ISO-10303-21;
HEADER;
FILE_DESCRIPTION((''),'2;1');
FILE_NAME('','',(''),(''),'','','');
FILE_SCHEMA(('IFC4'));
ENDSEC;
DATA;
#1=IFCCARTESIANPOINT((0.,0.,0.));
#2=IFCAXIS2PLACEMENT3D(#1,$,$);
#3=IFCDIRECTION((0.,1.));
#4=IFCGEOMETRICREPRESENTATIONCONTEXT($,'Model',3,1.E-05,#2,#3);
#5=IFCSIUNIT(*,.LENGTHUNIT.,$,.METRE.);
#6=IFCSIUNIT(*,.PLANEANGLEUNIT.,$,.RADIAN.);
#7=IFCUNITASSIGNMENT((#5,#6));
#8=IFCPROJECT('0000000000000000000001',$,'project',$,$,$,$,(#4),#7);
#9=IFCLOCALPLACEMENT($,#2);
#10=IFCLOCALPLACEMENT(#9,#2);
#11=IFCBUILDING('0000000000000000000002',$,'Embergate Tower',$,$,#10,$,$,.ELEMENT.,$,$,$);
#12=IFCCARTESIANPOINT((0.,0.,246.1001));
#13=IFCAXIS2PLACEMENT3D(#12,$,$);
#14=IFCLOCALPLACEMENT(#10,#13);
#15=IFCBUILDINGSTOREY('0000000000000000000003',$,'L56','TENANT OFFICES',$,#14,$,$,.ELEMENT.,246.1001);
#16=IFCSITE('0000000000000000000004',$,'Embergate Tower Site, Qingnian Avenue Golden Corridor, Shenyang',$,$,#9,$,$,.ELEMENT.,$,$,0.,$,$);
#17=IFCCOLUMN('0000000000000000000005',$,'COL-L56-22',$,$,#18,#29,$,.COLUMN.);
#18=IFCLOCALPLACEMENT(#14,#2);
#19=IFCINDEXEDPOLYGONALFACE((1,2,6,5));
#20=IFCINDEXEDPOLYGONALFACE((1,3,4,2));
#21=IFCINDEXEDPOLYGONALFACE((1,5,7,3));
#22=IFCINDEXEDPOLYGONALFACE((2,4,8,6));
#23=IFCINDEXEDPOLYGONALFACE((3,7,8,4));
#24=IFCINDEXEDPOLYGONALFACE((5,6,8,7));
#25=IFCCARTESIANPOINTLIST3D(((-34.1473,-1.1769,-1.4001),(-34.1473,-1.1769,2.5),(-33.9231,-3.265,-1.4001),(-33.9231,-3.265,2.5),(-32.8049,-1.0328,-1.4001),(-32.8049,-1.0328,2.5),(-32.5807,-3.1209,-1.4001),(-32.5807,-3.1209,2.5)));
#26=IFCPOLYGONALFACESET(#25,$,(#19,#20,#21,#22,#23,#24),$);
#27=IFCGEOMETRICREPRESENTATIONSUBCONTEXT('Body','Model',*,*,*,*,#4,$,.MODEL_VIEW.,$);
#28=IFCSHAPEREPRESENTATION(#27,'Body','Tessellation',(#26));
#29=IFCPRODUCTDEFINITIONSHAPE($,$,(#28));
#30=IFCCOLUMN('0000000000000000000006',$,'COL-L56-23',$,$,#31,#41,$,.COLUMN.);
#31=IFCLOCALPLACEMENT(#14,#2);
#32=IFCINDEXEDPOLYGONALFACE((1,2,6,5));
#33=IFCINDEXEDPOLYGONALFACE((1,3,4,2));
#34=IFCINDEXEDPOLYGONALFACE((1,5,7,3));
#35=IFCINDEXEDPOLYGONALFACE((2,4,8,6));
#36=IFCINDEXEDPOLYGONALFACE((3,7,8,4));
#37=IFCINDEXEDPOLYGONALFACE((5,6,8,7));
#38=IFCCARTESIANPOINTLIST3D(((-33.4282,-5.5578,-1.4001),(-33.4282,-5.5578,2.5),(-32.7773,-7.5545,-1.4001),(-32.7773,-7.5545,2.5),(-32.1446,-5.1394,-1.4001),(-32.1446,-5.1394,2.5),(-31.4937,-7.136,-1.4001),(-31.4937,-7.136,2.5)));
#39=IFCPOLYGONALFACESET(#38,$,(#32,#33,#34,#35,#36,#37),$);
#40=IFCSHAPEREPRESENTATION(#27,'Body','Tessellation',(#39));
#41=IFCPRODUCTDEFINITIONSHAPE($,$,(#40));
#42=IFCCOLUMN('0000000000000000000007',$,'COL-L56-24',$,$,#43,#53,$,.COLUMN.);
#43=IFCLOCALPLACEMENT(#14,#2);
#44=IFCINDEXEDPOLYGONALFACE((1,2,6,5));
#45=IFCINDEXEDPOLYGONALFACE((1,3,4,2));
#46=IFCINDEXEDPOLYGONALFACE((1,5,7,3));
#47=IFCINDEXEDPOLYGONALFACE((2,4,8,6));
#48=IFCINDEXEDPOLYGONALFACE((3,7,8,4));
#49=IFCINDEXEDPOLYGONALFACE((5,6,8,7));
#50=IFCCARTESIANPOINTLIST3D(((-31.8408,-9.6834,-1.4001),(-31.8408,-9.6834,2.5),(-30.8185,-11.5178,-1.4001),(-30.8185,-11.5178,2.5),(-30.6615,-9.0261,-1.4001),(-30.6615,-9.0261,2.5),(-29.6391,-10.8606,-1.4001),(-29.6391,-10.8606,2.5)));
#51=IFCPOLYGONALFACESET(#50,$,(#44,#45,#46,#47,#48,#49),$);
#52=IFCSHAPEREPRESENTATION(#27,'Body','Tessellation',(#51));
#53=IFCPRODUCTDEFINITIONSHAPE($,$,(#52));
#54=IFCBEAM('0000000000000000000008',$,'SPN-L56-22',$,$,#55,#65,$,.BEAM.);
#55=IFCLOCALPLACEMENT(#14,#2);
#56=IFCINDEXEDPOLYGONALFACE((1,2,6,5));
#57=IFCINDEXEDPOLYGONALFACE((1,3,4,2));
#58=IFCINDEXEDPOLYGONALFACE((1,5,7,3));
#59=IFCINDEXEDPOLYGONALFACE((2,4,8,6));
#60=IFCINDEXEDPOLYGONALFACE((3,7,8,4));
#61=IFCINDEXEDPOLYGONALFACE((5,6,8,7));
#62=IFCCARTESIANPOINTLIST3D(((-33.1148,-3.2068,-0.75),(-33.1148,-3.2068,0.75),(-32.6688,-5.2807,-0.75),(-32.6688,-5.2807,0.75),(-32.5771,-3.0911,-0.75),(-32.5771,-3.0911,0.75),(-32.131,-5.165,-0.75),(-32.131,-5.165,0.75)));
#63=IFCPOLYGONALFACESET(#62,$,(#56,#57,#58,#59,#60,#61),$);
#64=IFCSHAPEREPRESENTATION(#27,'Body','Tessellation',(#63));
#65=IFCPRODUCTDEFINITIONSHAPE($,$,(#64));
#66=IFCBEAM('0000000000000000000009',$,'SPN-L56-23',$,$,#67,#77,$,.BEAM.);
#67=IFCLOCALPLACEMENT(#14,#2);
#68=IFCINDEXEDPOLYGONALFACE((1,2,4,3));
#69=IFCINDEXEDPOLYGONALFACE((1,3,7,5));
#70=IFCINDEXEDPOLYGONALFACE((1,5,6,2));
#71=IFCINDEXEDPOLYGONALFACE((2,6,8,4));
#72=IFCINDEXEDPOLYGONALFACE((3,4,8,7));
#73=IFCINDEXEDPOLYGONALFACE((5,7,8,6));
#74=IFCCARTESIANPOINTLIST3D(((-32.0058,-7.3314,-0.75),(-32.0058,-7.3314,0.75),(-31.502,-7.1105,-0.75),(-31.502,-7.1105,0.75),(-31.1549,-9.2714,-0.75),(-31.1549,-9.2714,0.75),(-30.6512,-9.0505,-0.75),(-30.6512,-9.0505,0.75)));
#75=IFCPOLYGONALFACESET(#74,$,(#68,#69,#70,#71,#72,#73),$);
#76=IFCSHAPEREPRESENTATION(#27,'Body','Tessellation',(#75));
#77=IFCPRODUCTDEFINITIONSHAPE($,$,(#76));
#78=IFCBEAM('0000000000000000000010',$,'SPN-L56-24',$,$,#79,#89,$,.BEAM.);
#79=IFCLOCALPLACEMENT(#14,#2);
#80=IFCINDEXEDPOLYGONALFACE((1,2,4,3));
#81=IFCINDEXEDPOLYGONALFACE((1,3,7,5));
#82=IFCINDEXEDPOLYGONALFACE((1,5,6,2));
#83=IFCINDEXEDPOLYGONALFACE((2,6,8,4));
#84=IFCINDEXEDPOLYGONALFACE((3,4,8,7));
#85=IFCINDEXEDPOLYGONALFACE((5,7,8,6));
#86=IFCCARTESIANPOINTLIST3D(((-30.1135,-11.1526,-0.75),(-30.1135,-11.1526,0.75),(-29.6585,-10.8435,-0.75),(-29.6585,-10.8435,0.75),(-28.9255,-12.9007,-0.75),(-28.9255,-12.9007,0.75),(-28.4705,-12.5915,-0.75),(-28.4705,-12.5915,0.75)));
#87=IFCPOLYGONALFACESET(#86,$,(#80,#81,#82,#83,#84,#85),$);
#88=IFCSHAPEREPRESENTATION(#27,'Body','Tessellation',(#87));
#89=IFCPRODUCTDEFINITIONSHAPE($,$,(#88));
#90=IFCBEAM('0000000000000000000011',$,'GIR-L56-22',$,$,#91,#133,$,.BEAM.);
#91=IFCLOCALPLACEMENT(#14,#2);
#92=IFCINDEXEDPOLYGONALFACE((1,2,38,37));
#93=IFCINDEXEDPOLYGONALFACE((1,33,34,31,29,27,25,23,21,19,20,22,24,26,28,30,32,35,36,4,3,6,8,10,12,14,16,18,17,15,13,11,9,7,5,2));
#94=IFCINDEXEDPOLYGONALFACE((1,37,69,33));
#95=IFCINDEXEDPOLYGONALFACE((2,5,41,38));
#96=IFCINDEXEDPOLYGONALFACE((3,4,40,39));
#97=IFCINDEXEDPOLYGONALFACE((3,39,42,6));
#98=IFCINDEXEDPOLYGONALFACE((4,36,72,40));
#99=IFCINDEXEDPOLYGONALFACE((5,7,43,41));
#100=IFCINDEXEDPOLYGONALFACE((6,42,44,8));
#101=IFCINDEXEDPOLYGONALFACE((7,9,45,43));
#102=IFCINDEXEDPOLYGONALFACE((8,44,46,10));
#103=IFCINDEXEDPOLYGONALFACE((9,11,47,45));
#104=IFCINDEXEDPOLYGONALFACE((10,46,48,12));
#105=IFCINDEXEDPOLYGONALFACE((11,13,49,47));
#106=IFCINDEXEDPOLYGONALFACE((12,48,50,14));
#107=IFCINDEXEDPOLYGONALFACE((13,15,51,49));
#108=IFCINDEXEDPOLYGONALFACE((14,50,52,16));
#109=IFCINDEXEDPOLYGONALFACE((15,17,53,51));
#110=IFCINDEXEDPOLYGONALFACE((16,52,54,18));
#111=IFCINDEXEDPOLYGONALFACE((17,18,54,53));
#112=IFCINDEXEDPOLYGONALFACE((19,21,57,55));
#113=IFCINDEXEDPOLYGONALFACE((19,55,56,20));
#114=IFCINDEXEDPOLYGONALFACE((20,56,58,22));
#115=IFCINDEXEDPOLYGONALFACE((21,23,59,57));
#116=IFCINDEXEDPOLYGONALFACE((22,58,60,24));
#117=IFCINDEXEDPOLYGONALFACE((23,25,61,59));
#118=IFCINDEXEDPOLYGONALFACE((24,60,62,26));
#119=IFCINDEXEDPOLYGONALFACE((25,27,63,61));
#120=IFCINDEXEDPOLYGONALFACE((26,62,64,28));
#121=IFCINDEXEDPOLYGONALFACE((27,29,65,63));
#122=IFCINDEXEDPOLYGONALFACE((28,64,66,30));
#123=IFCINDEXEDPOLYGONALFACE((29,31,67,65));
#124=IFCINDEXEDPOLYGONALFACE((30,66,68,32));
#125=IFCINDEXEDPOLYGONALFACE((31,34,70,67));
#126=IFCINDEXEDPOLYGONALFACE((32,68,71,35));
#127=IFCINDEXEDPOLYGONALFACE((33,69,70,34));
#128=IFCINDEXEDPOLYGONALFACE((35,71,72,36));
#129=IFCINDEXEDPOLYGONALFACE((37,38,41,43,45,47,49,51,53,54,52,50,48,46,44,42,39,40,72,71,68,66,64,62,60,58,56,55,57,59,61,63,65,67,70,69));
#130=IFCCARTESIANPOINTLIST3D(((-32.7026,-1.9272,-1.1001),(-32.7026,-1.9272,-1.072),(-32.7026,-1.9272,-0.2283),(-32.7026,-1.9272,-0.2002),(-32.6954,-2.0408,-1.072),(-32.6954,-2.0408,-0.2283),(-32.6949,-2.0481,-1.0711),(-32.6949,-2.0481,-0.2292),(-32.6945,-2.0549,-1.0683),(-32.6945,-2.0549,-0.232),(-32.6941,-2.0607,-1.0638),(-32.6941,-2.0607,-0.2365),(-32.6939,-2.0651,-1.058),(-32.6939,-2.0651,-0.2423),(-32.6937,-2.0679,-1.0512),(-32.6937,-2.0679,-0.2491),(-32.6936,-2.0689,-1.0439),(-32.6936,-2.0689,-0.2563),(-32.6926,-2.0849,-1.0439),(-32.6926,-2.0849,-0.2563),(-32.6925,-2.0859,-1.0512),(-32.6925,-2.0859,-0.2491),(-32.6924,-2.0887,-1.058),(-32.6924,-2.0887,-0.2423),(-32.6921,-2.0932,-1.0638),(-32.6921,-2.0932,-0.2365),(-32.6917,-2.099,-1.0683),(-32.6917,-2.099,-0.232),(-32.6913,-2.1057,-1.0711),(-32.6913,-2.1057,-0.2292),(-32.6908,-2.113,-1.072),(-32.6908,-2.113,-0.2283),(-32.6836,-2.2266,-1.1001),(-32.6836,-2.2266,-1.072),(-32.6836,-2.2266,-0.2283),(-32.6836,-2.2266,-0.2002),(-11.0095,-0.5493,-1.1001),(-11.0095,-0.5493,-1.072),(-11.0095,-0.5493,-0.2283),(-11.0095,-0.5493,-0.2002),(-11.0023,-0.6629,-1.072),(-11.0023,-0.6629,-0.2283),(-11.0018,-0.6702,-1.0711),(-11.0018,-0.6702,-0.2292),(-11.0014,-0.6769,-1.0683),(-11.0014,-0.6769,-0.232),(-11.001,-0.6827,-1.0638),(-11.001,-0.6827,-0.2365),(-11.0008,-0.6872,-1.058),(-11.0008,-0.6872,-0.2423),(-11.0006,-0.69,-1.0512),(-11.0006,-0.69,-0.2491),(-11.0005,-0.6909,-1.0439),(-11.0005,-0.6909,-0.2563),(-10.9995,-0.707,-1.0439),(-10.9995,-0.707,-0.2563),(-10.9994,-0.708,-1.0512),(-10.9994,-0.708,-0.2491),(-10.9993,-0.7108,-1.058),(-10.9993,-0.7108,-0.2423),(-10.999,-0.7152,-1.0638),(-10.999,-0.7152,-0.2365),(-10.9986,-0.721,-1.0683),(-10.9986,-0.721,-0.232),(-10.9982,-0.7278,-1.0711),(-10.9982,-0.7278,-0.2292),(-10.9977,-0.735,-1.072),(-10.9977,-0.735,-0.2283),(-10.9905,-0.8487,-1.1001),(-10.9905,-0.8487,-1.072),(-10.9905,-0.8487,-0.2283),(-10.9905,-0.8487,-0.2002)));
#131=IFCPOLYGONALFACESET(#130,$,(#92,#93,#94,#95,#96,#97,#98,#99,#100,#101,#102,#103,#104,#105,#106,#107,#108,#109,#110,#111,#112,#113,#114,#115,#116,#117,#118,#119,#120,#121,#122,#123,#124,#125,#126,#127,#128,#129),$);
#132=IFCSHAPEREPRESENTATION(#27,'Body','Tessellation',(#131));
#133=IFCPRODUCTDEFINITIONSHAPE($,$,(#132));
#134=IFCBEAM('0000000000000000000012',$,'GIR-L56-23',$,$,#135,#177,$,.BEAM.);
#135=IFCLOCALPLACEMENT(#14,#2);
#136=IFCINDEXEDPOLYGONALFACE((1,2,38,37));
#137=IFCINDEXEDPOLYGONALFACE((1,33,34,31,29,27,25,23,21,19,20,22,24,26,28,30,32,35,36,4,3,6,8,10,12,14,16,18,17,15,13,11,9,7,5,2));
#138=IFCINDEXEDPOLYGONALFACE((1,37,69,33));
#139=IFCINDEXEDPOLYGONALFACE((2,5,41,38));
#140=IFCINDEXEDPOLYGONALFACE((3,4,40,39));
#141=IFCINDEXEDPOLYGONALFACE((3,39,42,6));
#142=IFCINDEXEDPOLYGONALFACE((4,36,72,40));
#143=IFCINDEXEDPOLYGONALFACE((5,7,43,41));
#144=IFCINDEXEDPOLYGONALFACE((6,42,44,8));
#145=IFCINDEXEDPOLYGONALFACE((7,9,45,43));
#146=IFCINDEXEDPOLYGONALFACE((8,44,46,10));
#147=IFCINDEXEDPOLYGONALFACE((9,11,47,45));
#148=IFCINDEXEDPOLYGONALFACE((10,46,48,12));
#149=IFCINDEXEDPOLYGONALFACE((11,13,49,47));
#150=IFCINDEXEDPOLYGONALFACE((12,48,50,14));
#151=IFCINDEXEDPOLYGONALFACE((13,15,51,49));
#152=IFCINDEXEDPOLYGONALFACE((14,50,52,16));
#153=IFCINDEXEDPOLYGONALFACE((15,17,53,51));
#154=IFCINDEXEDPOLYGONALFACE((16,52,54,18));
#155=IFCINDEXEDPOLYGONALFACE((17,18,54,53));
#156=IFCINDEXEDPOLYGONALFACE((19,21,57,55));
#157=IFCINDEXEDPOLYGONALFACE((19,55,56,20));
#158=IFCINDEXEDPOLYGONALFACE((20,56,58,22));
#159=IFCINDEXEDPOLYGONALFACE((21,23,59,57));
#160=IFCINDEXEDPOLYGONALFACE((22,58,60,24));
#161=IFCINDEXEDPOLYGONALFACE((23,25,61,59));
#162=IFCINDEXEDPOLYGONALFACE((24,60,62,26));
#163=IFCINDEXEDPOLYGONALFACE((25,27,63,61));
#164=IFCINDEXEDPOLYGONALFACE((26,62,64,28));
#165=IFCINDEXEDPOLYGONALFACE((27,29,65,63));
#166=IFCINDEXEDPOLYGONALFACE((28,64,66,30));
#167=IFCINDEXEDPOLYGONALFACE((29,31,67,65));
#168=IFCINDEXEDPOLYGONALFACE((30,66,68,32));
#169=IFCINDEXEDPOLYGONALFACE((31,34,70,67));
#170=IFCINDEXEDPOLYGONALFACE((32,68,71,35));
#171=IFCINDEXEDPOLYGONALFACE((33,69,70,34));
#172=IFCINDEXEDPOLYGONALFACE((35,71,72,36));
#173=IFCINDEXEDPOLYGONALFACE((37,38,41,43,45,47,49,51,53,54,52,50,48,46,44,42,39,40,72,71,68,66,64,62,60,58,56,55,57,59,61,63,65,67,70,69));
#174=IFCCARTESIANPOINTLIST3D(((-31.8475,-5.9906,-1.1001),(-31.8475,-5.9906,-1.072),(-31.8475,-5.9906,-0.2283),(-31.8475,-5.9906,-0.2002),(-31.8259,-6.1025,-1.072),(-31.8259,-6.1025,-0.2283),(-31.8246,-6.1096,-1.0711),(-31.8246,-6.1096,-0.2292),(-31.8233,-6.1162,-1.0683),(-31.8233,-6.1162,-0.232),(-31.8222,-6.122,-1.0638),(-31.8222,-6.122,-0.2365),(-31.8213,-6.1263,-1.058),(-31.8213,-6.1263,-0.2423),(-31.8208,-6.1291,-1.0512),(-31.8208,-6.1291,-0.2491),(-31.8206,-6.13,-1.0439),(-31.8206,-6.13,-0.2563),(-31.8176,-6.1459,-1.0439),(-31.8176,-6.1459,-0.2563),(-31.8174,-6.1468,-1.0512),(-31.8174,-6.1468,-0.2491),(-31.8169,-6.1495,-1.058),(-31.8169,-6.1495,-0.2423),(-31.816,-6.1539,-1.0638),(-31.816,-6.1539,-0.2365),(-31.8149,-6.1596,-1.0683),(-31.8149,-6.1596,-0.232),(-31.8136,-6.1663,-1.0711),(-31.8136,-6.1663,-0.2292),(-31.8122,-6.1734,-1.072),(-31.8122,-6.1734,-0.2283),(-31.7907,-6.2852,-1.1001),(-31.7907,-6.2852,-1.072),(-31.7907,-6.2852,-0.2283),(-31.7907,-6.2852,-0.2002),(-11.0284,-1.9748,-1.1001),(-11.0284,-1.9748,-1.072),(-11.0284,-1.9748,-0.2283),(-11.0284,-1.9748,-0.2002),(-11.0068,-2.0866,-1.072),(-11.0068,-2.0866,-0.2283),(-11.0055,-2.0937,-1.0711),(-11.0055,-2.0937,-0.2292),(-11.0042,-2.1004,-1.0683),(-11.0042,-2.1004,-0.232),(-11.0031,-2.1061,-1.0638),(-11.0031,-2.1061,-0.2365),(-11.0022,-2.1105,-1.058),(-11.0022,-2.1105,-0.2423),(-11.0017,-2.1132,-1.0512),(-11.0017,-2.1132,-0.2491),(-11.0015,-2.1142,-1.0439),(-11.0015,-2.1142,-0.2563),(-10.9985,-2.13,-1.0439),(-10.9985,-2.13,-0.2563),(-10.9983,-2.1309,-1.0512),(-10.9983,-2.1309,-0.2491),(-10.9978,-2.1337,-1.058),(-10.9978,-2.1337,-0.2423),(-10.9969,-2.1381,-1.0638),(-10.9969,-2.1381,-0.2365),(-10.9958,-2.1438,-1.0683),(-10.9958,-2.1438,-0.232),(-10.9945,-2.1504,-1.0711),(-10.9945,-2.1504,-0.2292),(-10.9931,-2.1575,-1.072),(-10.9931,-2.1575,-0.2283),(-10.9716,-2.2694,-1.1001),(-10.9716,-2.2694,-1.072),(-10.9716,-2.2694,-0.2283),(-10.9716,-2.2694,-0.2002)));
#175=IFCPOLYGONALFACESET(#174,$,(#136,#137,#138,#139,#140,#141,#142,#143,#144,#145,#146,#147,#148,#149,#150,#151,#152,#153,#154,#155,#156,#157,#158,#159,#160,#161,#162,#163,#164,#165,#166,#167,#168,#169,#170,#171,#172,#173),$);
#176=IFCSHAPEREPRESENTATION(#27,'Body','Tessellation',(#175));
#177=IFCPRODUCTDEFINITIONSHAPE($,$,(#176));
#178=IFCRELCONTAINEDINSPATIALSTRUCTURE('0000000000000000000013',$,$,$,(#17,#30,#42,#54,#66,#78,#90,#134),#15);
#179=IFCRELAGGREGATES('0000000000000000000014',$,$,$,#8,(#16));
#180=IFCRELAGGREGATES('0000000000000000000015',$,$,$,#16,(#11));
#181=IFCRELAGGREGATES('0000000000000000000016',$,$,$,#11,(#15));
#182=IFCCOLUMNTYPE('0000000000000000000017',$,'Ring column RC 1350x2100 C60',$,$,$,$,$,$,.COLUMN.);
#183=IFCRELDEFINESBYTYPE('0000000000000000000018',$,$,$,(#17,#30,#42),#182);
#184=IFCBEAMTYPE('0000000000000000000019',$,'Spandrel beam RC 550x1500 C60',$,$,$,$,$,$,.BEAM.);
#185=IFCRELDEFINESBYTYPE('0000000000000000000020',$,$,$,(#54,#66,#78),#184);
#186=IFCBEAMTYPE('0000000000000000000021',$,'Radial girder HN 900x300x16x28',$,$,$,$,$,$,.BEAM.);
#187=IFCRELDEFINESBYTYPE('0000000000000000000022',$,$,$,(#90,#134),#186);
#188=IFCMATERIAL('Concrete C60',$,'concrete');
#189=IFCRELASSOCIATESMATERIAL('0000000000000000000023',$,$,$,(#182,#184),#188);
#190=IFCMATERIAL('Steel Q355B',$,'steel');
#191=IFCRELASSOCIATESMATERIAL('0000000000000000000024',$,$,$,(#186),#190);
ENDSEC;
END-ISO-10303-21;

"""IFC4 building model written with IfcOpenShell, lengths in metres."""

from ifc_helpers import new_model, si_unit, direction, frame, origin, origin_2d, place, context, subcontext, project, spatial, rectangle, i_section, extrude, source, transform, mapped, material, material_profile, profile_set, type_object, element, save


model = new_model("IFC4")

# Units and contexts
model_context = context("Model", 3, precision=1e-05, world=origin(), true_north=direction((0.0, 1.0)))
body_context = subcontext(model_context, "Body", "Model", "MODEL_VIEW")
ifc_project = project(units=[si_unit("LENGTHUNIT", "METRE"), si_unit("PLANEANGLEUNIT", "RADIAN")], contexts=[model_context])

# Site, building, storey
site_placement = place(None, origin())
site = spatial("IfcSite", under=ifc_project, at=site_placement, Name="Embergate Tower Site, Qingnian Avenue Golden Corridor, Shenyang", CompositionType="ELEMENT", RefElevation=0.0)
building_placement = place(site_placement, origin())
building = spatial("IfcBuilding", under=site, at=building_placement, Name="Embergate Tower", CompositionType="ELEMENT")
storey_placement = place(building_placement, frame((0.0, 0.0, 246.1001)))
storey = spatial("IfcBuildingStorey", under=building, at=storey_placement, Name="L56", Description="TENANT OFFICES", CompositionType="ELEMENT", Elevation=246.1001)

# Columns
ifc_material_1 = material(Name="Concrete C60", Category="concrete")
ifc_material_profile_1 = material_profile(ifc_material_1, rectangle(XDim=1.3501, YDim=2.1001, at=origin_2d()), Name="RC 1350x2100")
ifc_profile_set_1 = profile_set([ifc_material_profile_1], Name="Concrete C60")
column_type = type_object("IfcColumnType", Name="Ring column RC 1350x2100 C60", PredefinedType="COLUMN", material=ifc_profile_set_1)
shared_shape_1 = source(origin(), body_context, "Body", "SweptSolid", [
    extrude(rectangle(XDim=1.3501, YDim=2.1001, at=origin_2d()), origin(), (0.0, 0.0, 1.0), 3.9001),
])
for number, where, z_axis, x_axis, name in (
    (1, (-33.364, -2.1489, -1.4001), (0.0, 0.0, 1.0), (-0.994286, -0.10675, 0.0), "COL-L56-22"),
    (2, (-32.4609, -6.3469, -1.4001), (0.0, 0.0, 1.0), (-0.950754, -0.309946, 0.0), "COL-L56-23"),
    (3, (-30.74, -10.272, -1.4001), (0.0, 0.0, 1.0), (-0.8735, -0.486823, 0.0), "COL-L56-24"),
):
    element("IfcColumn", number, at=place(storey_placement, frame(where, z_axis=z_axis, x_axis=x_axis)), inside=storey, type_object=column_type, Name=name, PredefinedType="COLUMN", context=body_context, shape_type="MappedRepresentation", body=[
        mapped(shared_shape_1, transform((0.0, 0.0, 0.0))),
    ])

# Beams
ifc_material_profile_2 = material_profile(ifc_material_1, rectangle(XDim=0.55, YDim=1.5, at=origin_2d()), Name="RC 550x1500")
ifc_profile_set_2 = profile_set([ifc_material_profile_2], Name="Concrete C60")
beam_type_1 = type_object("IfcBeamType", Name="Spandrel beam RC 550x1500 C60", PredefinedType="BEAM", material=ifc_profile_set_2)
shared_shape_2 = source(origin(), body_context, "Body", "SweptSolid", [
    extrude(rectangle(XDim=0.55, YDim=1.5, at=origin_2d()), origin(), (0.0, 0.0, 1.0), 2.1213),
])
beam_1_placement = place(storey_placement, frame((-32.8459, -3.1489, 0.0), z_axis=(0.21026, -0.977646, 0.0), x_axis=(0.977646, 0.21026, 0.0)))
element("IfcBeam", 4, at=beam_1_placement, inside=storey, type_object=beam_type_1, Name="SPN-L56-22", PredefinedType="BEAM", context=body_context, shape_type="MappedRepresentation", body=[
    mapped(shared_shape_2, transform((0.0, 0.0, 0.0))),
])
shared_shape_3 = source(origin(), body_context, "Body", "SweptSolid", [
    extrude(rectangle(XDim=0.55, YDim=1.5, at=origin_2d()), origin(), (0.0, 0.0, 1.0), 2.1184),
])
beam_2_placement = place(storey_placement, frame((-31.7539, -7.2209, 0.0), z_axis=(0.401653, -0.915792, 0.0), x_axis=(0.915792, 0.401653, 0.0)))
element("IfcBeam", 5, at=beam_2_placement, inside=storey, type_object=beam_type_1, Name="SPN-L56-23", PredefinedType="BEAM", context=body_context, shape_type="MappedRepresentation", body=[
    mapped(shared_shape_3, transform((0.0, 0.0, 0.0))),
])
shared_shape_4 = source(origin(), body_context, "Body", "SweptSolid", [
    extrude(rectangle(XDim=0.55, YDim=1.5, at=origin_2d()), origin(), (0.0, 0.0, 1.0), 2.1135),
])
beam_3_placement = place(storey_placement, frame((-29.886, -10.998, 0.0), z_axis=(0.562089, -0.827077, 0.0), x_axis=(0.827077, 0.562089, 0.0)))
element("IfcBeam", 6, at=beam_3_placement, inside=storey, type_object=beam_type_1, Name="SPN-L56-24", PredefinedType="BEAM", context=body_context, shape_type="MappedRepresentation", body=[
    mapped(shared_shape_4, transform((0.0, 0.0, 0.0))),
])
ifc_material_2 = material(Name="Steel Q355B", Category="steel")
ifc_material_profile_3 = material_profile(ifc_material_2, i_section(OverallWidth=0.3, OverallDepth=0.8999, WebThickness=0.0161, FlangeThickness=0.0281, FilletRadius=0.0281, at=origin_2d()), Name="HN 900x300x16x28")
ifc_profile_set_3 = profile_set([ifc_material_profile_3], Name="Steel Q355 grade B")
beam_type_2 = type_object("IfcBeamType", Name="Radial girder HN 900x300x16x28", PredefinedType="BEAM", material=ifc_profile_set_3)
shared_shape_5 = source(origin(), body_context, "Body", "SweptSolid", [
    extrude(i_section(OverallWidth=0.3, OverallDepth=0.8999, WebThickness=0.0161, FlangeThickness=0.0281, FilletRadius=0.0281, at=origin_2d()), origin(), (0.0, 0.0, 1.0), 21.7368),
])
beam_4_placement = place(storey_placement, frame((-32.6931, -2.0769, -0.6501), z_axis=(0.997989, 0.063391, 0.0), x_axis=(-0.063391, 0.997989, 0.0)))
element("IfcBeam", 7, at=beam_4_placement, inside=storey, type_object=beam_type_2, Name="GIR-L56-22", PredefinedType="BEAM", context=body_context, shape_type="MappedRepresentation", body=[
    mapped(shared_shape_5, transform((0.0, 0.0, 0.0))),
])
shared_shape_6 = source(origin(), body_context, "Body", "SweptSolid", [
    extrude(i_section(OverallWidth=0.3, OverallDepth=0.8999, WebThickness=0.0161, FlangeThickness=0.0281, FilletRadius=0.0281, at=origin_2d()), origin(), (0.0, 0.0, 1.0), 21.2029),
])
beam_5_placement = place(storey_placement, frame((-31.8191, -6.1379, -0.6501), z_axis=(0.9819, 0.189402, 0.0), x_axis=(-0.189402, 0.9819, 0.0)))
element("IfcBeam", 8, at=beam_5_placement, inside=storey, type_object=beam_type_2, Name="GIR-L56-23", PredefinedType="BEAM", context=body_context, shape_type="MappedRepresentation", body=[
    mapped(shared_shape_6, transform((0.0, 0.0, 0.0))),
])

save(model, "model.ifc")
